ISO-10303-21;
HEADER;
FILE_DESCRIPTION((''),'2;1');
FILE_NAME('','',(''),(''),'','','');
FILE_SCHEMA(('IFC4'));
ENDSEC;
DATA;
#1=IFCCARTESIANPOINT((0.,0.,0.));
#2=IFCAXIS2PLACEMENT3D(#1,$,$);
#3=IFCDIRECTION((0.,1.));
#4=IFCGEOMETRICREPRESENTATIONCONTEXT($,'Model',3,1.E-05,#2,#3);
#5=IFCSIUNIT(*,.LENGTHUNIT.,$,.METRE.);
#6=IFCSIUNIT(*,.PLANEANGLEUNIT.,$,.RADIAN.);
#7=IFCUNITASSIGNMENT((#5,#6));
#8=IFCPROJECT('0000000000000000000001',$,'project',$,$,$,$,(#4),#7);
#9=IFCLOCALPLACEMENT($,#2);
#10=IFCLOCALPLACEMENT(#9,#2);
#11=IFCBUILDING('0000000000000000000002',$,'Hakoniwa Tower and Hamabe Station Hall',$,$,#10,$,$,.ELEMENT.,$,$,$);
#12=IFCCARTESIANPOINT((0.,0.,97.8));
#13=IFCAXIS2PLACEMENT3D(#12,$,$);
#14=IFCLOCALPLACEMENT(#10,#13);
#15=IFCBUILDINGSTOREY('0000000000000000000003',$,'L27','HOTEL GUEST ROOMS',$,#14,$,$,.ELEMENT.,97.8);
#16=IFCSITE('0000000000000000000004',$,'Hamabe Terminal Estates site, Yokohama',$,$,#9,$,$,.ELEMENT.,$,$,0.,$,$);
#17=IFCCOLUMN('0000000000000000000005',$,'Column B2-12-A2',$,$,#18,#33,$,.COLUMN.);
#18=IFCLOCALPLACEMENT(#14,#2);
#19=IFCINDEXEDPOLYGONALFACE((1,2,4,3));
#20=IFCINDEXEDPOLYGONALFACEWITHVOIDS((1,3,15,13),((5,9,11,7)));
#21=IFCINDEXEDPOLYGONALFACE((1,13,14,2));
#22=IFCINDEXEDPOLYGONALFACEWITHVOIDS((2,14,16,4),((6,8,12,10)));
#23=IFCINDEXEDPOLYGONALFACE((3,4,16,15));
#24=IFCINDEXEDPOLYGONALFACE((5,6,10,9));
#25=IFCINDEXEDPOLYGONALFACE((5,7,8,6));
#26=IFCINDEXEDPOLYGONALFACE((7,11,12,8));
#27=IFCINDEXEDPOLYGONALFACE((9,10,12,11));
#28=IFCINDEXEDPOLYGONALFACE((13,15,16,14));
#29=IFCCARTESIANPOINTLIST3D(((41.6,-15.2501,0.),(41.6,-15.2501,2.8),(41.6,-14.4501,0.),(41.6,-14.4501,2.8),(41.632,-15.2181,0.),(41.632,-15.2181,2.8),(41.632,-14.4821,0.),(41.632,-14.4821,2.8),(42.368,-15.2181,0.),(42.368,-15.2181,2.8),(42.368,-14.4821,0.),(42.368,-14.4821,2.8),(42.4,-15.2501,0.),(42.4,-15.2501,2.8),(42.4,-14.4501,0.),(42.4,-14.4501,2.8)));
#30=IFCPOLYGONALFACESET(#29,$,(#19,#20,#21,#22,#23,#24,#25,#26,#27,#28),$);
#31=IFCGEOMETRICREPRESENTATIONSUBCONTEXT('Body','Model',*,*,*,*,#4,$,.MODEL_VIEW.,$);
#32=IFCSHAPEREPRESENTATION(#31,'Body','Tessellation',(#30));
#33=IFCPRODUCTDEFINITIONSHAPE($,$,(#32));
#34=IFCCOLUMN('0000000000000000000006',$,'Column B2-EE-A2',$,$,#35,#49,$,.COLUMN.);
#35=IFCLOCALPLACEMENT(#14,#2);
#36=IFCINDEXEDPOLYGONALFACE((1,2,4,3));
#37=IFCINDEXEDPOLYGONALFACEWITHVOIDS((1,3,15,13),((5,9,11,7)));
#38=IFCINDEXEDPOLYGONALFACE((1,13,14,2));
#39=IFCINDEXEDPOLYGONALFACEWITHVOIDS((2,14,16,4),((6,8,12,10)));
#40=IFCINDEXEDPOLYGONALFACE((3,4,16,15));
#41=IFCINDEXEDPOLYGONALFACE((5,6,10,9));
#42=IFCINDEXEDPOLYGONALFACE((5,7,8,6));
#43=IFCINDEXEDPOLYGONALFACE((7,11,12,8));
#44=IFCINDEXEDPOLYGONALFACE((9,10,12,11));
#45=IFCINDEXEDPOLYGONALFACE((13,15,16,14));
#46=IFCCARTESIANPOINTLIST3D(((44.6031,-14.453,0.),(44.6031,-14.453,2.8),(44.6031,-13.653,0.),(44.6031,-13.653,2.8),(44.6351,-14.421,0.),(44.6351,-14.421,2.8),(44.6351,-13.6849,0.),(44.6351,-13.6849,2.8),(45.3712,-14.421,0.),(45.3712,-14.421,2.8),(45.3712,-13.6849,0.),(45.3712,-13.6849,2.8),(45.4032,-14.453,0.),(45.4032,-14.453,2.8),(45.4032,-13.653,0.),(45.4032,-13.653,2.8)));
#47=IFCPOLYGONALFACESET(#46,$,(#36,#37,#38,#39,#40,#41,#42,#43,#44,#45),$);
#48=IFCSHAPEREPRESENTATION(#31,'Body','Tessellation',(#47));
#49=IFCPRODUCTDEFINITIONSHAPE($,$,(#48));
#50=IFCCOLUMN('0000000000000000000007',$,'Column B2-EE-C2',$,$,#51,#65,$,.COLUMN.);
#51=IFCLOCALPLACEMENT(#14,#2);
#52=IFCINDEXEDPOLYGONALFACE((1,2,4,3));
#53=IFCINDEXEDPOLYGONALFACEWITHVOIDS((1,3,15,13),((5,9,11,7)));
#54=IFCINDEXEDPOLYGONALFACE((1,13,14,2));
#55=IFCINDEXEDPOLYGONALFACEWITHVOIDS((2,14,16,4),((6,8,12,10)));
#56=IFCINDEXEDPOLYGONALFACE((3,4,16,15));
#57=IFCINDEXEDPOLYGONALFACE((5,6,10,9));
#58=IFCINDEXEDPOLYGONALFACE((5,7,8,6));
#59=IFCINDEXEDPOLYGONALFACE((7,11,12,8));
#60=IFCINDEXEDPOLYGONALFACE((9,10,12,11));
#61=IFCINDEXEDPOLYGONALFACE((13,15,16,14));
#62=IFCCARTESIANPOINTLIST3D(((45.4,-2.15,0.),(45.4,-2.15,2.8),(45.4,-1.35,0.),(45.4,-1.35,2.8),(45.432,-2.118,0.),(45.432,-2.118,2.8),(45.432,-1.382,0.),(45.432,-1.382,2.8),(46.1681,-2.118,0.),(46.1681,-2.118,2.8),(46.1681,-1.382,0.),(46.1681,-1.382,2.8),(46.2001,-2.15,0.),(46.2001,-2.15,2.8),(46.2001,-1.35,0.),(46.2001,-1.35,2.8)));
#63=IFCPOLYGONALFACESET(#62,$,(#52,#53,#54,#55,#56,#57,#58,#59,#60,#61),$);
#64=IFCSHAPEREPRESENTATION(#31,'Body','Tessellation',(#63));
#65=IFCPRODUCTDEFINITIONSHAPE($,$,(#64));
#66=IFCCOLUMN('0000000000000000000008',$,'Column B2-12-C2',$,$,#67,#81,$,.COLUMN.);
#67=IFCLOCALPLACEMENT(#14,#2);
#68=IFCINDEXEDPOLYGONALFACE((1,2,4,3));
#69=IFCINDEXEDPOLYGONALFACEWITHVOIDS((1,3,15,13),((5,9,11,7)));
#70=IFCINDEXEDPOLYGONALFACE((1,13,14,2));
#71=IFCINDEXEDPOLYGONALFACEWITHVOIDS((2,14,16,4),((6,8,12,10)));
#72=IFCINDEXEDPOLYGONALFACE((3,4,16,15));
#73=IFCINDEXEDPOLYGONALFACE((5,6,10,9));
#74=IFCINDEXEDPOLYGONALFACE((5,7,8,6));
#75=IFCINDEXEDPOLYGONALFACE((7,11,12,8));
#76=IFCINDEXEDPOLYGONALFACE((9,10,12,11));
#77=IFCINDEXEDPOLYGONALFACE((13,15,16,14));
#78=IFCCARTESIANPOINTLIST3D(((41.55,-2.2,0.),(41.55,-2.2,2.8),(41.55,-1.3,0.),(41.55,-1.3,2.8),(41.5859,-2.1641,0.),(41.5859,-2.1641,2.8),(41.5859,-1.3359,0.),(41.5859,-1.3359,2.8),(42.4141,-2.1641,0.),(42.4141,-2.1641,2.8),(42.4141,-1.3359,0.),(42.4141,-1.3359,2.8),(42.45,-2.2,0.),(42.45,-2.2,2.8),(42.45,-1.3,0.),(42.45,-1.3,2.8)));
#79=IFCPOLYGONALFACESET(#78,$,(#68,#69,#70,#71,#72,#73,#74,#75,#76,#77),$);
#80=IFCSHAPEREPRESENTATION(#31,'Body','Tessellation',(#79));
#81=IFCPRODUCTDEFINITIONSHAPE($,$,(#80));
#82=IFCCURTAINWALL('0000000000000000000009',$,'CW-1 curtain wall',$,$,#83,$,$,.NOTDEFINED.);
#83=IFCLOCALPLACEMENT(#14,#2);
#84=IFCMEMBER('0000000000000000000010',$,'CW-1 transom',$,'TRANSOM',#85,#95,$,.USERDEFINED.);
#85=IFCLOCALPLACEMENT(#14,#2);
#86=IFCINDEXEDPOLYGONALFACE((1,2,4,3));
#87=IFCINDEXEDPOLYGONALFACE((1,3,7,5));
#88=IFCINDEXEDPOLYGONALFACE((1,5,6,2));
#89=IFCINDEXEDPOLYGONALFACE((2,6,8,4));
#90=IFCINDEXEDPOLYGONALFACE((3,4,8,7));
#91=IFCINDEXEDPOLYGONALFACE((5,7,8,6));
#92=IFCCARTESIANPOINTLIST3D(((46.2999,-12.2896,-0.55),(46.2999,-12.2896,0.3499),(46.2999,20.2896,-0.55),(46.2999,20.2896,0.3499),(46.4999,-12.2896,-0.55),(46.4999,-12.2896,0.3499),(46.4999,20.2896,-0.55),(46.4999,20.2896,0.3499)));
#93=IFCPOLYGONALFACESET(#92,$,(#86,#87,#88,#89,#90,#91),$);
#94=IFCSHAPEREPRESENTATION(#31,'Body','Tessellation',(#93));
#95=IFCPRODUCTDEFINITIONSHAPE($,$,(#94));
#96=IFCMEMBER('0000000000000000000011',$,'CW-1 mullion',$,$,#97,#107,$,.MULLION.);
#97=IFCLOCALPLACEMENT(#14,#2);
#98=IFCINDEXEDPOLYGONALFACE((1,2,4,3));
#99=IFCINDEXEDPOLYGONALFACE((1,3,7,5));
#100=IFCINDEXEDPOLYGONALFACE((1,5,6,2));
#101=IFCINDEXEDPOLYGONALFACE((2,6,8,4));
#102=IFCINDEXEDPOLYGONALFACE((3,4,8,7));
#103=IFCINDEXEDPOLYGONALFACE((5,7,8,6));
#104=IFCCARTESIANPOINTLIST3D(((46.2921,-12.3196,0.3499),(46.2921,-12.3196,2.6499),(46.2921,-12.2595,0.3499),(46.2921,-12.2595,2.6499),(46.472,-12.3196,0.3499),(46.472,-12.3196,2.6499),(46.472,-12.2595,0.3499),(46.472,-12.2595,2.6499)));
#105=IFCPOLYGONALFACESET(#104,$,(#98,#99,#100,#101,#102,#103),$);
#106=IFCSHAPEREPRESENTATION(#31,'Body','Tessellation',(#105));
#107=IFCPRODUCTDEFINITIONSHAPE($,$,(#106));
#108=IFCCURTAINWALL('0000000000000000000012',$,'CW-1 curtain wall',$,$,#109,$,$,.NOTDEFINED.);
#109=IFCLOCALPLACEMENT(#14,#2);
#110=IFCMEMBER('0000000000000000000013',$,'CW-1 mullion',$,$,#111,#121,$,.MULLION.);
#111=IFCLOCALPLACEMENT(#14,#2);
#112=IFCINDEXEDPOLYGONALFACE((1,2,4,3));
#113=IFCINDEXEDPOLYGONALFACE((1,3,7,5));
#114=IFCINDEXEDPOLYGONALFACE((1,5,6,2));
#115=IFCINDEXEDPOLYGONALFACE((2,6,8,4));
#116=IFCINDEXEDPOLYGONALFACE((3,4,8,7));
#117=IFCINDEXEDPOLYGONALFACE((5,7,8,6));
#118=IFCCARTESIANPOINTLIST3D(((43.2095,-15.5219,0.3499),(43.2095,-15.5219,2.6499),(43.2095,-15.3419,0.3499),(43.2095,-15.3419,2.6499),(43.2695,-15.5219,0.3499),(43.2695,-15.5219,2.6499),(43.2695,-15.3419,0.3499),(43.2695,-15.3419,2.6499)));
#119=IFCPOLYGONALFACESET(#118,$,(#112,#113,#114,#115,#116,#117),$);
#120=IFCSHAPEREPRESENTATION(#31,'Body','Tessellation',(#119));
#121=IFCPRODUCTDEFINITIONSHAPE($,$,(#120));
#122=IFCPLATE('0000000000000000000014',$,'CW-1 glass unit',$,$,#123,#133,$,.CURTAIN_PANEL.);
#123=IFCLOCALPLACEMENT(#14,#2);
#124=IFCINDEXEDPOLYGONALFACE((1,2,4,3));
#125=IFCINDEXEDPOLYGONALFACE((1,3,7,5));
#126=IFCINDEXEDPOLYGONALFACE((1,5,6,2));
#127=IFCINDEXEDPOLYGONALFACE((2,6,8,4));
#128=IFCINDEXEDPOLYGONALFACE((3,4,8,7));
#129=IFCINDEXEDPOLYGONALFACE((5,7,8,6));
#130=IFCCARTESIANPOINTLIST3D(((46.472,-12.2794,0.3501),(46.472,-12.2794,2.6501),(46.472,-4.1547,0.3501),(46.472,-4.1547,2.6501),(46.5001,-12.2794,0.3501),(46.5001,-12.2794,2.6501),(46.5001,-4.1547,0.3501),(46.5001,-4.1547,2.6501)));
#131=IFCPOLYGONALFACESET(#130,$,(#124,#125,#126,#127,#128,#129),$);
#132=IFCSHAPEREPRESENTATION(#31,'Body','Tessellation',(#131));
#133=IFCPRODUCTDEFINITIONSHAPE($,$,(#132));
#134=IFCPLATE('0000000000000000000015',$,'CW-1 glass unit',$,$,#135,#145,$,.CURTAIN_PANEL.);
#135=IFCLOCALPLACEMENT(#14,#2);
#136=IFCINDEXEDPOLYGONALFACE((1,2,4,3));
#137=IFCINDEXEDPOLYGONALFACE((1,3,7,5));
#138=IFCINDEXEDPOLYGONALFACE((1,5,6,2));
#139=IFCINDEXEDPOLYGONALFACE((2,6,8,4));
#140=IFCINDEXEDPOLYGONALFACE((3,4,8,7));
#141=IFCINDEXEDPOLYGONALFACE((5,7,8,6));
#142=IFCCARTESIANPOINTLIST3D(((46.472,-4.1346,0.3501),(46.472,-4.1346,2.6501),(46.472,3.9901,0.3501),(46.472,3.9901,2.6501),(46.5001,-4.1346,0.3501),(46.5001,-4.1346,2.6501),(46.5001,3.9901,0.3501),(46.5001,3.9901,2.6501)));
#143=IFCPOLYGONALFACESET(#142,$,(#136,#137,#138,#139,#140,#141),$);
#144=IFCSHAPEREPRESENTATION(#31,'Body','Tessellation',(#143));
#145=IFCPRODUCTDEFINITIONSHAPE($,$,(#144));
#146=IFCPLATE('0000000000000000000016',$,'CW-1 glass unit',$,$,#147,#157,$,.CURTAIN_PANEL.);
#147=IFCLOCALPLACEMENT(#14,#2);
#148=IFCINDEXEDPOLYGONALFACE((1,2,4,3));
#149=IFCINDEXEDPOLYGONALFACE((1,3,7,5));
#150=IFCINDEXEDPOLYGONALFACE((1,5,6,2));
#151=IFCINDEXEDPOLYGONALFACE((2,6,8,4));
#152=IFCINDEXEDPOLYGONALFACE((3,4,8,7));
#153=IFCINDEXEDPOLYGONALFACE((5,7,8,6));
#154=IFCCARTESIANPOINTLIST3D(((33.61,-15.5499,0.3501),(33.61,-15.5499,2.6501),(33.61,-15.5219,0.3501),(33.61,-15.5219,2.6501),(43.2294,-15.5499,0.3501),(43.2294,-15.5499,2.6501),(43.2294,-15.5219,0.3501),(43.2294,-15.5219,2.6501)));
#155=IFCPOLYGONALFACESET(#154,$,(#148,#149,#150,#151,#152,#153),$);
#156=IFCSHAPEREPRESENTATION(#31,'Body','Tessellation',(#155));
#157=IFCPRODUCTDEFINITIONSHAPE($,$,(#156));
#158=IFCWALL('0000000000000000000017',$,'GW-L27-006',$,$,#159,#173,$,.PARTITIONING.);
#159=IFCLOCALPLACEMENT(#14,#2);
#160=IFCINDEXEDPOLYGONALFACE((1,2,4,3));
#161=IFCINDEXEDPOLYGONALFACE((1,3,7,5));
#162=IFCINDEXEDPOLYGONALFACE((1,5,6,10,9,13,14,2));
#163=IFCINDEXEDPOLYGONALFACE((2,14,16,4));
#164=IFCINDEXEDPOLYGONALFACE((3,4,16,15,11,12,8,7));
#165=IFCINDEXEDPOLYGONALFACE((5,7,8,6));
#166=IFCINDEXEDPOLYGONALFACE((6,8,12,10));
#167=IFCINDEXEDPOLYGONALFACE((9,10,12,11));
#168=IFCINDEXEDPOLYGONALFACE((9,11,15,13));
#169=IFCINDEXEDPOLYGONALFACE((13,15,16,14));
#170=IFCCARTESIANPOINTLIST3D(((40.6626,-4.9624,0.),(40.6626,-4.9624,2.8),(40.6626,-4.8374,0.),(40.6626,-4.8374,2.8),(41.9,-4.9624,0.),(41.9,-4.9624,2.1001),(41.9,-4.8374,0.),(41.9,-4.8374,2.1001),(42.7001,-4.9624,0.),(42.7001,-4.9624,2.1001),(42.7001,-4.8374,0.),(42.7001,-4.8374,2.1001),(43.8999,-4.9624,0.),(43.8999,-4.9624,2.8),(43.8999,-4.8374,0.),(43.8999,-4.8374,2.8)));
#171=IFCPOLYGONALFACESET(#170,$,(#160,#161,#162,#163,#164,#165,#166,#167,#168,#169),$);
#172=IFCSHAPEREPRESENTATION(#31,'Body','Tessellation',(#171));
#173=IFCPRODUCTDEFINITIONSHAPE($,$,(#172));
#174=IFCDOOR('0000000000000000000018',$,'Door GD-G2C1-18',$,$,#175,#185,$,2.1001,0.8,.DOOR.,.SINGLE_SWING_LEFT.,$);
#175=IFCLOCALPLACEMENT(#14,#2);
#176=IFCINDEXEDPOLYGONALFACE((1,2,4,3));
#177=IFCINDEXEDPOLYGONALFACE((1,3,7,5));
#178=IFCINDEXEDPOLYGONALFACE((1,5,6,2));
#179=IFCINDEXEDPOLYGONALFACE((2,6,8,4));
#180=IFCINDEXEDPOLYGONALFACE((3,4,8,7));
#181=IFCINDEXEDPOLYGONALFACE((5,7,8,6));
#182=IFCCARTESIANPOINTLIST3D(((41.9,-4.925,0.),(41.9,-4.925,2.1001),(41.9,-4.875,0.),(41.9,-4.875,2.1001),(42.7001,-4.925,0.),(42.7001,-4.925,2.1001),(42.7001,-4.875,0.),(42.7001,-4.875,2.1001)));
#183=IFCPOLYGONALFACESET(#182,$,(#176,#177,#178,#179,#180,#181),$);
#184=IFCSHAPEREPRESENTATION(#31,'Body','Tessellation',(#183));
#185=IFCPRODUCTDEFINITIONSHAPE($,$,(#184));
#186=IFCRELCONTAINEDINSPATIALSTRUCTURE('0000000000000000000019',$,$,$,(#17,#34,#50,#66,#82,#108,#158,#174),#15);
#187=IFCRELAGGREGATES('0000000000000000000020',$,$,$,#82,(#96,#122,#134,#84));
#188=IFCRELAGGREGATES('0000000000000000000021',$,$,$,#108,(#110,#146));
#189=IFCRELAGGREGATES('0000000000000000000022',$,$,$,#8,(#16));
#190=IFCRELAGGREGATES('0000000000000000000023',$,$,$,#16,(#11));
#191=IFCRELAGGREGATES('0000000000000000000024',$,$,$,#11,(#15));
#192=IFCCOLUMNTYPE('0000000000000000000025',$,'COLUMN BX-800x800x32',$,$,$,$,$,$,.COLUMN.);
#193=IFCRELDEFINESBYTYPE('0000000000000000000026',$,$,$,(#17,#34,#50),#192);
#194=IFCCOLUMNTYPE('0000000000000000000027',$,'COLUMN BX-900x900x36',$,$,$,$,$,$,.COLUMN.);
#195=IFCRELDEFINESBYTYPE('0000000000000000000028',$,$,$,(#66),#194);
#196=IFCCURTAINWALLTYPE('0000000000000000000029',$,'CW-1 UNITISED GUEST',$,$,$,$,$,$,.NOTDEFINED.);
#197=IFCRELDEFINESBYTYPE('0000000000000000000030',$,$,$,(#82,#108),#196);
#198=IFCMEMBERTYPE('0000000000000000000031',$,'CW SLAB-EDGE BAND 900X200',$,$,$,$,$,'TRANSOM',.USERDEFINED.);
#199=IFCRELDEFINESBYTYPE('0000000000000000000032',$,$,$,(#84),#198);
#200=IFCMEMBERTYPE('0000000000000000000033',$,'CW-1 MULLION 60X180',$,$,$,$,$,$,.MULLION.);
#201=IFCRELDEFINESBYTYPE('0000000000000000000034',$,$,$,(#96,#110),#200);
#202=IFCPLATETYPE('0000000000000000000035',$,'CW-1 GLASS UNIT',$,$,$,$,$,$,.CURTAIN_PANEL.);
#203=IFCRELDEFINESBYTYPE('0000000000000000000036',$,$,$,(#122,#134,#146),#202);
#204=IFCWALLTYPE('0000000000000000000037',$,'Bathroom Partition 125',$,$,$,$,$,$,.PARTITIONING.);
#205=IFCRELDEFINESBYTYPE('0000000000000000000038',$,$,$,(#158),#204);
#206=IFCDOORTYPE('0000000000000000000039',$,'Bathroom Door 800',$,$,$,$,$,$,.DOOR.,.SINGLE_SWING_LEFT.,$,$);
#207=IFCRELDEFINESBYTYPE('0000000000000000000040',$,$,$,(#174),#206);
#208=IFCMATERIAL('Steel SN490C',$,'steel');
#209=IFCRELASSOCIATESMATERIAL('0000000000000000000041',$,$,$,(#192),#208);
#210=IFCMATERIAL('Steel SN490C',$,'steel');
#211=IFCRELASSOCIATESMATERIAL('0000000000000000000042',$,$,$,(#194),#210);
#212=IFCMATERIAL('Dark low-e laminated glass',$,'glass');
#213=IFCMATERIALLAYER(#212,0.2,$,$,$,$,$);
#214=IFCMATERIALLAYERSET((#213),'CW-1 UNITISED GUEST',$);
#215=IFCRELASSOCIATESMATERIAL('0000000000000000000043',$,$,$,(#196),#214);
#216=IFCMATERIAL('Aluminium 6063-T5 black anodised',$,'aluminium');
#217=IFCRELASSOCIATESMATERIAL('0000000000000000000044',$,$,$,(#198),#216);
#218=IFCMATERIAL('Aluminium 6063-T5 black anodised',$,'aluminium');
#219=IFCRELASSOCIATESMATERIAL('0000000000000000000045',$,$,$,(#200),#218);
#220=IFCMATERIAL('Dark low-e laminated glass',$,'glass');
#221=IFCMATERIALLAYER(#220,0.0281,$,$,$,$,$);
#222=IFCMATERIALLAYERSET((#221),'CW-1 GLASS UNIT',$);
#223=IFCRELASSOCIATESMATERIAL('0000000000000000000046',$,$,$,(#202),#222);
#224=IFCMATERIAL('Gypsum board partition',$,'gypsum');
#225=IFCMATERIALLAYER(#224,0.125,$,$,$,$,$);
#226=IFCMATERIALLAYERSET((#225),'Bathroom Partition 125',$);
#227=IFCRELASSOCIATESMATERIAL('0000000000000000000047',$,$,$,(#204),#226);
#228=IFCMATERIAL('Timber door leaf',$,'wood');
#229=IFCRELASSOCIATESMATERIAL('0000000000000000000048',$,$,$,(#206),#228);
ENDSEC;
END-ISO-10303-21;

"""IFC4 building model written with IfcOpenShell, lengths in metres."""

from ifc_helpers import new_model, si_unit, direction, frame, frame_2d, origin, origin_2d, place, context, subcontext, project, spatial, rectangle, hollow_rectangle, extrude, material, layer, layer_set, material_profile, profile_set, type_object, element, fill, aggregate, save


model = new_model("IFC4")

# Units and contexts
model_context = context("Model", 3, precision=1e-05, world=origin(), true_north=direction((0.0, 1.0)))
body_context = subcontext(model_context, "Body", "Model", "MODEL_VIEW")
ifc_project = project(units=[si_unit("LENGTHUNIT", "METRE"), si_unit("PLANEANGLEUNIT", "RADIAN")], contexts=[model_context])

# Site, building, storey
site_placement = place(None, origin())
site = spatial("IfcSite", under=ifc_project, at=site_placement, Name="Hamabe Terminal Estates site, Yokohama", CompositionType="ELEMENT", RefElevation=0.0)
building_placement = place(site_placement, origin())
building = spatial("IfcBuilding", under=site, at=building_placement, Name="Hakoniwa Tower and Hamabe Station Hall", CompositionType="ELEMENT")
storey_placement = place(building_placement, frame((0.0, 0.0, 97.8)))
storey = spatial("IfcBuildingStorey", under=building, at=storey_placement, Name="L27", Description="HOTEL GUEST ROOMS", CompositionType="ELEMENT", Elevation=97.8)

# Columns
ifc_material_1 = material(Name="Steel SN490C", Category="steel")
ifc_material_profile_1 = material_profile(ifc_material_1, hollow_rectangle(XDim=0.8, YDim=0.8, WallThickness=0.032, at=origin_2d()), Name="BX-800x800x32")
ifc_profile_set_1 = profile_set([ifc_material_profile_1], Name="Steel SN490C")
column_type_1 = type_object("IfcColumnType", Name="COLUMN BX-800x800x32", PredefinedType="COLUMN", material=ifc_profile_set_1)
for number, where, z_axis, x_axis, name in (
    (1, (42.0, -14.8501, 0.0), (0.0, 0.0, 1.0), (1.0, 0.0, 0.0), "Column B2-12-A2"),
    (2, (45.0032, -14.053, 0.0), (0.0, 0.0, 1.0), (1.0, 0.0, 0.0), "Column B2-EE-A2"),
    (3, (45.8, -1.75, 0.0), (0.0, 0.0, 1.0), (1.0, 0.0, 0.0), "Column B2-EE-C2"),
):
    element("IfcColumn", number, at=place(storey_placement, frame(where, z_axis=z_axis, x_axis=x_axis)), inside=storey, type_object=column_type_1, Name=name, PredefinedType="COLUMN", context=body_context, shape_type="SweptSolid", body=[
        extrude(hollow_rectangle(XDim=0.8, YDim=0.8, WallThickness=0.032, at=origin_2d()), origin(), (0.0, 0.0, 1.0), 2.8),
    ])
ifc_material_2 = material(Name="Steel SN490C", Category="steel")
ifc_material_profile_2 = material_profile(ifc_material_2, hollow_rectangle(XDim=0.8999, YDim=0.8999, WallThickness=0.0359, at=origin_2d()), Name="BX-900x900x36")
ifc_profile_set_2 = profile_set([ifc_material_profile_2], Name="Steel SN490C")
column_type_2 = type_object("IfcColumnType", Name="COLUMN BX-900x900x36", PredefinedType="COLUMN", material=ifc_profile_set_2)
column_placement = place(storey_placement, frame((42.0, -1.75, 0.0), z_axis=(0.0, 0.0, 1.0), x_axis=(1.0, 0.0, 0.0)))
element("IfcColumn", 4, at=column_placement, inside=storey, type_object=column_type_2, Name="Column B2-12-C2", PredefinedType="COLUMN", context=body_context, shape_type="SweptSolid", body=[
    extrude(hollow_rectangle(XDim=0.8999, YDim=0.8999, WallThickness=0.0359, at=origin_2d()), origin(), (0.0, 0.0, 1.0), 2.8),
])

# Curtain wall, members
ifc_material_3 = material(Name="Dark low-e laminated glass", Category="glass")
ifc_layer_1 = layer(ifc_material_3, 0.2)
ifc_layer_set_1 = layer_set([ifc_layer_1], Name="CW-1 UNITISED GUEST")
curtain_wall_type = type_object("IfcCurtainWallType", Name="CW-1 UNITISED GUEST", PredefinedType="NOTDEFINED", material=ifc_layer_set_1)
curtain_wall_1_placement = place(storey_placement, origin())
curtain_wall_1 = element("IfcCurtainWall", 5, at=curtain_wall_1_placement, inside=storey, type_object=curtain_wall_type, Name="CW-1 curtain wall", PredefinedType="NOTDEFINED")
ifc_material_4 = material(Name="Aluminium 6063-T5 black anodised", Category="aluminium")
ifc_material_profile_3 = material_profile(ifc_material_4, rectangle(XDim=0.2, YDim=0.8999, at=origin_2d()), Name="CW SLAB-EDGE BAND 900X200")
ifc_profile_set_3 = profile_set([ifc_material_profile_3], Name="Aluminium 6063-T5 black anodised")
member_type_1 = type_object("IfcMemberType", Name="CW SLAB-EDGE BAND 900X200", ElementType="TRANSOM", PredefinedType="USERDEFINED", material=ifc_profile_set_3)
member_1_placement = place(storey_placement, frame((46.3999, -12.2896, -0.1001), z_axis=(0.0, 1.0, 0.0), x_axis=(-1.0, 0.0, 0.0)))
member_1 = element("IfcMember", 6, at=member_1_placement, type_object=member_type_1, Name="CW-1 transom", ObjectType="TRANSOM", PredefinedType="USERDEFINED", context=body_context, shape_type="SweptSolid", body=[
    extrude(rectangle(XDim=0.2, YDim=0.8999, at=origin_2d()), origin(), (0.0, 0.0, 1.0), 32.5791),
])
ifc_material_5 = material(Name="Aluminium 6063-T5 black anodised", Category="aluminium")
ifc_material_profile_4 = material_profile(ifc_material_5, rectangle(XDim=0.0601, YDim=0.1799, at=origin_2d()), Name="CW-1 MULLION 60X180")
ifc_profile_set_4 = profile_set([ifc_material_profile_4], Name="Aluminium 6063-T5 black anodised")
member_type_2 = type_object("IfcMemberType", Name="CW-1 MULLION 60X180", PredefinedType="MULLION", material=ifc_profile_set_4)
member_2_placement = place(storey_placement, frame((46.3821, -12.2896, 0.3499), z_axis=(0.0, 0.0, 1.0), x_axis=(0.0, 1.0, 0.0)))
member_2 = element("IfcMember", 7, at=member_2_placement, type_object=member_type_2, Name="CW-1 mullion", PredefinedType="MULLION", context=body_context, shape_type="SweptSolid", body=[
    extrude(rectangle(XDim=0.0601, YDim=0.1799, at=origin_2d()), origin(), (0.0, 0.0, 1.0), 2.3),
])

# Curtain wall, member
curtain_wall_2_placement = place(storey_placement, origin())
curtain_wall_2 = element("IfcCurtainWall", 8, at=curtain_wall_2_placement, inside=storey, type_object=curtain_wall_type, Name="CW-1 curtain wall", PredefinedType="NOTDEFINED")
member_3_placement = place(storey_placement, frame((43.2395, -15.4319, 0.3499), z_axis=(0.0, 0.0, 1.0), x_axis=(1.0, 0.0, 0.0)))
member_3 = element("IfcMember", 9, at=member_3_placement, type_object=member_type_2, Name="CW-1 mullion", PredefinedType="MULLION", context=body_context, shape_type="SweptSolid", body=[
    extrude(rectangle(XDim=0.0601, YDim=0.1799, at=origin_2d()), origin(), (0.0, 0.0, 1.0), 2.3),
])

# Plates
ifc_material_6 = material(Name="Dark low-e laminated glass", Category="glass")
ifc_layer_2 = layer(ifc_material_6, 0.0281)
ifc_layer_set_2 = layer_set([ifc_layer_2], Name="CW-1 GLASS UNIT")
plate_type = type_object("IfcPlateType", Name="CW-1 GLASS UNIT", PredefinedType="CURTAIN_PANEL", material=ifc_layer_set_2)
plate_1_placement = place(storey_placement, frame((46.4861, -8.217, 0.3501), z_axis=(0.0, 0.0, 1.0), x_axis=(0.0, 1.0, 0.0)))
plate_1 = element("IfcPlate", 10, at=plate_1_placement, type_object=plate_type, Name="CW-1 glass unit", PredefinedType="CURTAIN_PANEL", context=body_context, shape_type="SweptSolid", body=[
    extrude(rectangle(XDim=8.1248, YDim=0.0281, at=origin_2d()), origin(), (0.0, 0.0, 1.0), 2.3),
])
plate_2_placement = place(storey_placement, frame((46.4861, -0.0723, 0.3501), z_axis=(0.0, 0.0, 1.0), x_axis=(0.0, 1.0, 0.0)))
plate_2 = element("IfcPlate", 11, at=plate_2_placement, type_object=plate_type, Name="CW-1 glass unit", PredefinedType="CURTAIN_PANEL", context=body_context, shape_type="SweptSolid", body=[
    extrude(rectangle(XDim=8.1248, YDim=0.0281, at=origin_2d()), origin(), (0.0, 0.0, 1.0), 2.3),
])
aggregate(curtain_wall_1, [member_2, plate_1, plate_2, member_1])
plate_3_placement = place(storey_placement, frame((38.4197, -15.5359, 0.3501), z_axis=(0.0, 0.0, 1.0), x_axis=(1.0, 0.0, 0.0)))
plate_3 = element("IfcPlate", 12, at=plate_3_placement, type_object=plate_type, Name="CW-1 glass unit", PredefinedType="CURTAIN_PANEL", context=body_context, shape_type="SweptSolid", body=[
    extrude(rectangle(XDim=9.6194, YDim=0.0281, at=origin_2d()), origin(), (0.0, 0.0, 1.0), 2.3),
])
aggregate(curtain_wall_2, [member_3, plate_3])

# Wall, opening, door
ifc_material_7 = material(Name="Gypsum board partition", Category="gypsum")
ifc_layer_3 = layer(ifc_material_7, 0.125)
ifc_layer_set_3 = layer_set([ifc_layer_3], Name="Bathroom Partition 125")
wall_type_1 = type_object("IfcWallType", Name="Bathroom Partition 125", PredefinedType="PARTITIONING", material=ifc_layer_set_3)
wall_1_placement = place(storey_placement, frame((40.6626, -4.8999, 0.0), z_axis=(0.0, 0.0, 1.0), x_axis=(1.0, 0.0, 0.0)))
wall_1 = element("IfcWall", 13, at=wall_1_placement, inside=storey, type_object=wall_type_1, Name="GW-L27-006", PredefinedType="PARTITIONING", context=body_context, shape_type="SweptSolid", body=[
    extrude(rectangle(XDim=3.2373, YDim=0.125, at=frame_2d((1.6187, 0.0))), origin(), (0.0, 0.0, 1.0), 2.8),
])
opening_1_placement = place(wall_1_placement, frame((1.2375, 0.0, 0.0)))
opening_1 = element("IfcOpeningElement", 14, at=opening_1_placement, cuts=wall_1, PredefinedType="OPENING", context=body_context, shape_type="SweptSolid", body=[
    extrude(rectangle(XDim=0.8, YDim=2.1001, at=frame_2d((0.3999, 1.05))), frame((0.0, 0.0725, 0.0), z_axis=(0.0, -1.0, 0.0), x_axis=(1.0, 0.0, 0.0)), (0.0, 0.0, 1.0), 0.145),
])
ifc_material_8 = material(Name="Timber door leaf", Category="wood")
door_type_1 = type_object("IfcDoorType", Name="Bathroom Door 800", OperationType="SINGLE_SWING_LEFT", PredefinedType="DOOR", material=ifc_material_8)
door_1_placement = place(opening_1_placement, origin())
door_1 = element("IfcDoor", 15, at=door_1_placement, inside=storey, type_object=door_type_1, Name="Door GD-G2C1-18", OperationType="SINGLE_SWING_LEFT", OverallHeight=2.1001, OverallWidth=0.8, PredefinedType="DOOR", context=body_context, shape_type="SweptSolid", body=[
    extrude(rectangle(XDim=0.8, YDim=2.1001, at=frame_2d((0.3999, 1.05))), frame((0.0, 0.0249, 0.0), z_axis=(0.0, -1.0, 0.0), x_axis=(1.0, 0.0, 0.0)), (0.0, 0.0, 1.0), 0.05),
])
fill(opening_1, door_1)

save(model, "model.ifc")
